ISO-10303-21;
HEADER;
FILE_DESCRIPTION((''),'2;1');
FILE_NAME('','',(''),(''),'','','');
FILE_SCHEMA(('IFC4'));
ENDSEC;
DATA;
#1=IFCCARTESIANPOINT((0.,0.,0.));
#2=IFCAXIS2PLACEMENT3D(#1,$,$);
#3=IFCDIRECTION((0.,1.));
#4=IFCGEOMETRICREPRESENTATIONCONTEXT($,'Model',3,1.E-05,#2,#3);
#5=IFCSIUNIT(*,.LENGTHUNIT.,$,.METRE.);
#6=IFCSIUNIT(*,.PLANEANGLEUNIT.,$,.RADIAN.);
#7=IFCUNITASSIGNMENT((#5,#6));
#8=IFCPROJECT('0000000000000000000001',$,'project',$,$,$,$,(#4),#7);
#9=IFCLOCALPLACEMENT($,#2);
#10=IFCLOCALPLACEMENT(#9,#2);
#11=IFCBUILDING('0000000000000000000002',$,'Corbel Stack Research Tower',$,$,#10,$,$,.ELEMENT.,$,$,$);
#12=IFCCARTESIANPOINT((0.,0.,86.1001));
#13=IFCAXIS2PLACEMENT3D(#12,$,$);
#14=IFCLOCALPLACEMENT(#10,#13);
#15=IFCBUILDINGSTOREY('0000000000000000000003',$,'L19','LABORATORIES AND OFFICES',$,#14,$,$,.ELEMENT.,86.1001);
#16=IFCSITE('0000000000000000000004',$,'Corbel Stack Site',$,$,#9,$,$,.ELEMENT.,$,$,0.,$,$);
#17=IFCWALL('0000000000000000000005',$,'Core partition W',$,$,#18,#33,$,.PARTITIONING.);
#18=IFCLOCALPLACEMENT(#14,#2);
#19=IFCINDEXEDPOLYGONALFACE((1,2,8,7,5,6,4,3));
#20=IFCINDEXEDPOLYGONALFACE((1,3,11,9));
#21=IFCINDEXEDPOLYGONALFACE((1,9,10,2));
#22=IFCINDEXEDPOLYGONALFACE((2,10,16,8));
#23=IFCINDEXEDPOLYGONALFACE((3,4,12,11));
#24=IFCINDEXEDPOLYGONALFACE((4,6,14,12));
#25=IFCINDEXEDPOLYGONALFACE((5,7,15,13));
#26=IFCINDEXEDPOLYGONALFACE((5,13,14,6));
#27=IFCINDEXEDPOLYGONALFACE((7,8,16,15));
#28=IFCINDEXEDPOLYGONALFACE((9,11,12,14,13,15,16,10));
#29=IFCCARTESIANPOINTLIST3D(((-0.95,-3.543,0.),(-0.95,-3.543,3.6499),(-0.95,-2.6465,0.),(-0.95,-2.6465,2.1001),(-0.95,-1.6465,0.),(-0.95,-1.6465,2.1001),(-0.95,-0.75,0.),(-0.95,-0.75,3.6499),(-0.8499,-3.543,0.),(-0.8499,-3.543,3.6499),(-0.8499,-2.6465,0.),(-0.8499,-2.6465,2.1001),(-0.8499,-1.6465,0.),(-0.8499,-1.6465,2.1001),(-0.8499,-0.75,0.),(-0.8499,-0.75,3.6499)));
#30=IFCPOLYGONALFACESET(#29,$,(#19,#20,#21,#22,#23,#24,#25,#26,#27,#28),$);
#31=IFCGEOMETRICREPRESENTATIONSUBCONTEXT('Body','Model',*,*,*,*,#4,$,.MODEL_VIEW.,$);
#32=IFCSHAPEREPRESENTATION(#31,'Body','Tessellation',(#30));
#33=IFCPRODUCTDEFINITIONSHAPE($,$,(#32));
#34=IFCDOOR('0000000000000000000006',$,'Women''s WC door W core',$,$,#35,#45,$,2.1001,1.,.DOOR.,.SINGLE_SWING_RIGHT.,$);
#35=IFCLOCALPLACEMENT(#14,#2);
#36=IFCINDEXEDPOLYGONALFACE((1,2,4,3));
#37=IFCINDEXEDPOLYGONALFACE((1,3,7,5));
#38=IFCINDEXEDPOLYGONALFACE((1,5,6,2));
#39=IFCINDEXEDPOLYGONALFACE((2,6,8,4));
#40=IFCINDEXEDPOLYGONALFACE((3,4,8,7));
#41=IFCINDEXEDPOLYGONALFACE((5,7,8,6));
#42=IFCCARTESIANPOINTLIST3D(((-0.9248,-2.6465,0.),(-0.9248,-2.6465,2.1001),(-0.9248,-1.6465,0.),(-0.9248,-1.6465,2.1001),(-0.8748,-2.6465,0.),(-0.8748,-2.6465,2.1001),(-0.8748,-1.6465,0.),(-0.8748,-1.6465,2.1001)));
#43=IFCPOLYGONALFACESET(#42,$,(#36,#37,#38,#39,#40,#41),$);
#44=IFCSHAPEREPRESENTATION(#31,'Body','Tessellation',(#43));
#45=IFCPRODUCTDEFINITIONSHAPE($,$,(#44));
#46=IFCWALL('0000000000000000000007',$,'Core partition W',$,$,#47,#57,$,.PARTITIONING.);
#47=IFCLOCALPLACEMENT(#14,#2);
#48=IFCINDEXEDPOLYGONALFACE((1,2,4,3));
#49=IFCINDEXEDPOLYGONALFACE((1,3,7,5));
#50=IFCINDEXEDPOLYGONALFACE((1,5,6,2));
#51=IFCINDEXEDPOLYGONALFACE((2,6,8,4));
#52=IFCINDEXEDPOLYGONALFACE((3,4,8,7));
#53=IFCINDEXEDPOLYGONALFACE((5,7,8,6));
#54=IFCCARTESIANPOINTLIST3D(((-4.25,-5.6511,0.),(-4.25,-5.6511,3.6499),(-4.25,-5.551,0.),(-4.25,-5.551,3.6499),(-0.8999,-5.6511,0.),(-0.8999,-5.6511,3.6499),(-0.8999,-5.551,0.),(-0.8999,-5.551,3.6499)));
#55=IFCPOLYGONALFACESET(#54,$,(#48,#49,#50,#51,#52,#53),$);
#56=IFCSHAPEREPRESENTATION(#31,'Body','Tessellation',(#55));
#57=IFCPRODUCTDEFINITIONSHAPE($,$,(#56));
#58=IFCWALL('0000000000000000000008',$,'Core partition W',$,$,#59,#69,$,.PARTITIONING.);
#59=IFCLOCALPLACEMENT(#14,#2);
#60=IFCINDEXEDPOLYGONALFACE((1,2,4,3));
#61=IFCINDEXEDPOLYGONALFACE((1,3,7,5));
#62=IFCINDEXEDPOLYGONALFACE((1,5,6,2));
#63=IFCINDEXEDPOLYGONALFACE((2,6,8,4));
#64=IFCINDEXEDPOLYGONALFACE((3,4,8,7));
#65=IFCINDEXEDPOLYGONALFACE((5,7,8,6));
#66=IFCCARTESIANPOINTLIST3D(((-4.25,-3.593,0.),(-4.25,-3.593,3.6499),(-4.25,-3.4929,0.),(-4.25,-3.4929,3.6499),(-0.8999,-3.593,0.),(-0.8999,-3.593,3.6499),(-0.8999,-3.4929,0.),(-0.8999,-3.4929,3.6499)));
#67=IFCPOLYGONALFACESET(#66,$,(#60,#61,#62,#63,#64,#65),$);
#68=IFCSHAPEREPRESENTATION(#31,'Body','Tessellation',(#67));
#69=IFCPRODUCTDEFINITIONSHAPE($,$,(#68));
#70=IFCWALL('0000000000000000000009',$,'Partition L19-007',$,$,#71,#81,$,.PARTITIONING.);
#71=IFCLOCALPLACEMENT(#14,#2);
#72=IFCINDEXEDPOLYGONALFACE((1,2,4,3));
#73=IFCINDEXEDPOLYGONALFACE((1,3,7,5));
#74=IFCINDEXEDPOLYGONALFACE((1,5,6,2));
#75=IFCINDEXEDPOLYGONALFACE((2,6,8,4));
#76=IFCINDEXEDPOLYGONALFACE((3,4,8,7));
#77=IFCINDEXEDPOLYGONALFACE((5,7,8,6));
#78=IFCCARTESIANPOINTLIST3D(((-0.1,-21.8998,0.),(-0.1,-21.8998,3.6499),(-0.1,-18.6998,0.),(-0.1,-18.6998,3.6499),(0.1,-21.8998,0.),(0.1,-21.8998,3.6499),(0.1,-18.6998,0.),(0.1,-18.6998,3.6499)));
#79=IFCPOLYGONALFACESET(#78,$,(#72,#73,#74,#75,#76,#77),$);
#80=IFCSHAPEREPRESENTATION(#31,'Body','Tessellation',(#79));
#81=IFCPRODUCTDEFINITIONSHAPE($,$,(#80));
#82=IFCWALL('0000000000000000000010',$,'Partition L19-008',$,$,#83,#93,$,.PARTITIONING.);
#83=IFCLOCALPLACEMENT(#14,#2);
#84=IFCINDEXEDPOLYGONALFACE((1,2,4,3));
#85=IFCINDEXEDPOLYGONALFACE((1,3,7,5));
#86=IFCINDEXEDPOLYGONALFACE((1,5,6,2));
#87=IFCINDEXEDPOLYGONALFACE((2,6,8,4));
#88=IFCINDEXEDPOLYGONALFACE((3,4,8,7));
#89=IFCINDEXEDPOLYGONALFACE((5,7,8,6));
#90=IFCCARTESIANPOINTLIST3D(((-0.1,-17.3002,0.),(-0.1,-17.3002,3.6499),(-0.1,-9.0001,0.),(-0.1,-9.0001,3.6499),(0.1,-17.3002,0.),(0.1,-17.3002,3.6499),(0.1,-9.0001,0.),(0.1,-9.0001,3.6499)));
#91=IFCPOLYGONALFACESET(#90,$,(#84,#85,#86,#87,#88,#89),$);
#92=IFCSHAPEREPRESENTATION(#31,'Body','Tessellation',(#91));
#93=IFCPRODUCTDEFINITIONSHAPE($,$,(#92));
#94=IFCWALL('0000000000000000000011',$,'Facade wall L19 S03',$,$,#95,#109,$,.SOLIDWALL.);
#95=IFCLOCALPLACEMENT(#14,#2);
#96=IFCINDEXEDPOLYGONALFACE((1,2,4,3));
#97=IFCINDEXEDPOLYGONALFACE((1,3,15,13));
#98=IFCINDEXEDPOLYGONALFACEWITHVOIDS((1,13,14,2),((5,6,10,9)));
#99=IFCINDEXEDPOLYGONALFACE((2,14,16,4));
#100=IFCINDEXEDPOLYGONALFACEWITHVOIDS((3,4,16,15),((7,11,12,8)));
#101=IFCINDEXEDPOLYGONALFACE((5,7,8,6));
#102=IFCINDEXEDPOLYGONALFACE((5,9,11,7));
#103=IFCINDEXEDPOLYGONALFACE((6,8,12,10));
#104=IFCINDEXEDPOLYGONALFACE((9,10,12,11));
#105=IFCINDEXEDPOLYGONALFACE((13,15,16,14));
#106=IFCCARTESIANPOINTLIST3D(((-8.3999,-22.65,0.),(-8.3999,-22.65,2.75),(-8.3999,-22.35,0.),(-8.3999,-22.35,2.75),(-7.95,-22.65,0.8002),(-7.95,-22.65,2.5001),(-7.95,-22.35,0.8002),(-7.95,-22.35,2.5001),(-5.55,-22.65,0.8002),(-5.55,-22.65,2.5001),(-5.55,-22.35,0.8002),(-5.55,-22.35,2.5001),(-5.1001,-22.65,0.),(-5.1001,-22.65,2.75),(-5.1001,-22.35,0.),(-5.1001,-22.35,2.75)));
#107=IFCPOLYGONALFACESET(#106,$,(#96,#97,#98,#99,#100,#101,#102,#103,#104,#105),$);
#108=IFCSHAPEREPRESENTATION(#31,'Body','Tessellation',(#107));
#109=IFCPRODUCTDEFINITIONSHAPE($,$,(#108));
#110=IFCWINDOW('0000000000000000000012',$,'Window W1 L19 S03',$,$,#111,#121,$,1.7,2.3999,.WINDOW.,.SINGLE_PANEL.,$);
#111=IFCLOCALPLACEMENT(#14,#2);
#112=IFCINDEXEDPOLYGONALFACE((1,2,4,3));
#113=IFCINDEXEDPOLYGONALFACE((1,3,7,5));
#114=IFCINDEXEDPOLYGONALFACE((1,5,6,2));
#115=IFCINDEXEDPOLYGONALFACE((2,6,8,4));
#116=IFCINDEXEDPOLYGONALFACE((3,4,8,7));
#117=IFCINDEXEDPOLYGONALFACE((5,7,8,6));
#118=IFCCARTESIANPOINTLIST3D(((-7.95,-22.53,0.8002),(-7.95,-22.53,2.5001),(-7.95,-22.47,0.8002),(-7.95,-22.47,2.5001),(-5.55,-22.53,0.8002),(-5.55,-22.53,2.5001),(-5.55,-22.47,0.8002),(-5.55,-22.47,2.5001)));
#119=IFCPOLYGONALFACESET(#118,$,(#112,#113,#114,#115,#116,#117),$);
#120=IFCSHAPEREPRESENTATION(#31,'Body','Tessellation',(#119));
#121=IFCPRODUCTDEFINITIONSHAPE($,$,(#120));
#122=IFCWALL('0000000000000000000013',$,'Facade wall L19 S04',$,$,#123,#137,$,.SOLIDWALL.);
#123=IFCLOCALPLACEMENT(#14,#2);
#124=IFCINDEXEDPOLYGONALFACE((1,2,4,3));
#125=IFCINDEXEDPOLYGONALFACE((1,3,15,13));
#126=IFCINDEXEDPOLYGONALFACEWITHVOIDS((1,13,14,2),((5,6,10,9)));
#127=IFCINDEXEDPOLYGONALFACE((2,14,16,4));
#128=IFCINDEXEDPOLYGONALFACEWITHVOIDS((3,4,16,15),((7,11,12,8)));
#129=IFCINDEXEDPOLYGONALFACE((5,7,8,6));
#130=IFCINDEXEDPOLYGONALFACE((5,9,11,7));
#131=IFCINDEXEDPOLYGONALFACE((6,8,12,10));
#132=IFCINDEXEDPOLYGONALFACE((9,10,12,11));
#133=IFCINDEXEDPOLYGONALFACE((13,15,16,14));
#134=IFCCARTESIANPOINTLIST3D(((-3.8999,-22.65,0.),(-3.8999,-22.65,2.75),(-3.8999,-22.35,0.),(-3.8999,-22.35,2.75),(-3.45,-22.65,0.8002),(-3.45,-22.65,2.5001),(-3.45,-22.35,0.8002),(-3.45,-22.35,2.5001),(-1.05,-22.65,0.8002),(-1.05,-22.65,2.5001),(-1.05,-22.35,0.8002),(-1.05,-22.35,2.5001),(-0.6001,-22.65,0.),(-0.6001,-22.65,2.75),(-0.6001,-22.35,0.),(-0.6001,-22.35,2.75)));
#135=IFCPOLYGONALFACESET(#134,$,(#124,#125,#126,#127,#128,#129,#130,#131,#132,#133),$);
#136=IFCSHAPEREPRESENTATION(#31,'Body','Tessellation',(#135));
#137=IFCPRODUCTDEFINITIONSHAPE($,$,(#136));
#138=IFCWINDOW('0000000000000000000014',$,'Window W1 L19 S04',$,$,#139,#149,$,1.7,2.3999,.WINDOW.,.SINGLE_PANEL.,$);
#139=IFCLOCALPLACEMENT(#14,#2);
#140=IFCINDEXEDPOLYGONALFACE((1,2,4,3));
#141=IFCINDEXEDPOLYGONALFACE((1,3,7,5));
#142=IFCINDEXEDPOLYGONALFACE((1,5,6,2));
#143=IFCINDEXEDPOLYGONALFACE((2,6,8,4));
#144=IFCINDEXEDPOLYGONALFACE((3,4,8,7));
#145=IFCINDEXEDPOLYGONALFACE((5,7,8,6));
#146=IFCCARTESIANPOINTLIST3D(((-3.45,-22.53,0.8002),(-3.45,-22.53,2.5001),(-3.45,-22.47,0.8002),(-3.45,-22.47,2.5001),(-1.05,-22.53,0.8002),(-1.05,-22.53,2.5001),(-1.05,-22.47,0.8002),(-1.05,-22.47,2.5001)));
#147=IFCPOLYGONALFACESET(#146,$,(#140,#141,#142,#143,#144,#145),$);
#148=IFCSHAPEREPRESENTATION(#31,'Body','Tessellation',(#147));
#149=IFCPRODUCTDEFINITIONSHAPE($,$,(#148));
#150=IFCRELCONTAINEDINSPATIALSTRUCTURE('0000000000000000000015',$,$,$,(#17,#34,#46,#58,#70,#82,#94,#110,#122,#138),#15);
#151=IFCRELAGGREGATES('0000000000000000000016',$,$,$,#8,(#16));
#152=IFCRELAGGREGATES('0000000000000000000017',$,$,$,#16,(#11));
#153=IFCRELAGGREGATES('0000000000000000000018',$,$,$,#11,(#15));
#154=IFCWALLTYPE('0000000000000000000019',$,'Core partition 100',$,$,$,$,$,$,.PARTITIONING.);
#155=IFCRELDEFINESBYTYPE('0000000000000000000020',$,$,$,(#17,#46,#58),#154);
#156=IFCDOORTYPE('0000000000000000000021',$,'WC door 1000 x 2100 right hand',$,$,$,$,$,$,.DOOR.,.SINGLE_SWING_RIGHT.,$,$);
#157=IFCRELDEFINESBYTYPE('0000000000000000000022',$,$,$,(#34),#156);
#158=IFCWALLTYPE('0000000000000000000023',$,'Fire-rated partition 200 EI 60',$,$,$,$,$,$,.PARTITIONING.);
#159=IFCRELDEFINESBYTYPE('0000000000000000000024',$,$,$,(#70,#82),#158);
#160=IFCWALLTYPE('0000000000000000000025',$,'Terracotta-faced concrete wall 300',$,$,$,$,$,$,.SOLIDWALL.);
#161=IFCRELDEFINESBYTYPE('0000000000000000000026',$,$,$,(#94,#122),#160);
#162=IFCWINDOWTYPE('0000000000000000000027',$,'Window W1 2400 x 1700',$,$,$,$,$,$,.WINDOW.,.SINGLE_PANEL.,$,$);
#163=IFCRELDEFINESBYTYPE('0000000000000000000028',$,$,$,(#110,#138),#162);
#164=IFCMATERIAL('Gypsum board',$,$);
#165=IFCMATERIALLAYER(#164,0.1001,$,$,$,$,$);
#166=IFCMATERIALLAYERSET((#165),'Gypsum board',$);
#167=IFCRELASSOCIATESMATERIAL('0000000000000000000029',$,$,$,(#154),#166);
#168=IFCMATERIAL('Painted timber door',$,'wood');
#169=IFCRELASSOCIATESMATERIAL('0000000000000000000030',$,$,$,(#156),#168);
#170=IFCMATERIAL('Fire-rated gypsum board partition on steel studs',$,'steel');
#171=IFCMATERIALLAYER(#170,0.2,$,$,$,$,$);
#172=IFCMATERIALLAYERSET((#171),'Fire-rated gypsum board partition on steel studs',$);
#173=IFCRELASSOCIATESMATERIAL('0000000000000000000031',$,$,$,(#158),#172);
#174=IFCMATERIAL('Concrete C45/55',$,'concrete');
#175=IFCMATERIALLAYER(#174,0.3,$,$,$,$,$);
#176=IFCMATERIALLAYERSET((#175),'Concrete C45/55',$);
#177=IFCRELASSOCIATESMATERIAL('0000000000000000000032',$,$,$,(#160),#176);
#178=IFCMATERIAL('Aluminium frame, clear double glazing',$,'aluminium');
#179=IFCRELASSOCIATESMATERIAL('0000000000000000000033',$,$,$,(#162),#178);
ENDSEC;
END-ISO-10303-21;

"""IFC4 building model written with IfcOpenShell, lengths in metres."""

from ifc_helpers import new_model, si_unit, direction, frame, frame_2d, origin, place, context, subcontext, project, spatial, rectangle, extrude, material, layer, layer_set, type_object, element, fill, save


model = new_model("IFC4")

# Units and contexts
model_context = context("Model", 3, precision=1e-05, world=origin(), true_north=direction((0.0, 1.0)))
body_context = subcontext(model_context, "Body", "Model", "MODEL_VIEW")
ifc_project = project(units=[si_unit("LENGTHUNIT", "METRE"), si_unit("PLANEANGLEUNIT", "RADIAN")], contexts=[model_context])

# Site, building, storey
site_placement = place(None, origin())
site = spatial("IfcSite", under=ifc_project, at=site_placement, Name="Corbel Stack Site", CompositionType="ELEMENT", RefElevation=0.0)
building_placement = place(site_placement, origin())
building = spatial("IfcBuilding", under=site, at=building_placement, Name="Corbel Stack Research Tower", CompositionType="ELEMENT")
storey_placement = place(building_placement, frame((0.0, 0.0, 86.1001)))
storey = spatial("IfcBuildingStorey", under=building, at=storey_placement, Name="L19", Description="LABORATORIES AND OFFICES", CompositionType="ELEMENT", Elevation=86.1001)

# Wall, opening, door
ifc_material_1 = material(Name="Gypsum board")
ifc_layer_1 = layer(ifc_material_1, 0.1001)
ifc_layer_set_1 = layer_set([ifc_layer_1], Name="Gypsum board")
wall_type_1 = type_object("IfcWallType", Name="Core partition 100", PredefinedType="PARTITIONING", material=ifc_layer_set_1)
ifc_material_2 = material(Name="Painted timber door", Category="wood")
door_type_1 = type_object("IfcDoorType", Name="WC door 1000 x 2100 right hand", OperationType="SINGLE_SWING_RIGHT", PredefinedType="DOOR", material=ifc_material_2)
wall_1_placement = place(storey_placement, frame((-0.8999, -3.543, 0.0), z_axis=(0.0, 0.0, 1.0), x_axis=(0.0, 1.0, 0.0)))
wall_1 = element("IfcWall", 1, at=wall_1_placement, inside=storey, type_object=wall_type_1, Name="Core partition W", PredefinedType="PARTITIONING", context=body_context, shape_type="SweptSolid", body=[
    extrude(rectangle(XDim=2.793, YDim=0.1001, at=frame_2d((1.3965, 0.0))), origin(), (0.0, 0.0, 1.0), 3.6499),
])
opening_1_placement = place(wall_1_placement, frame((0.8965, 0.0, 0.0)))
opening_1 = element("IfcOpeningElement", 2, at=opening_1_placement, cuts=wall_1, PredefinedType="OPENING", context=body_context, shape_type="SweptSolid", body=[
    extrude(rectangle(XDim=1.0, YDim=2.1001, at=frame_2d((0.5, 1.05))), frame((0.0, 0.0601, 0.0), z_axis=(0.0, -1.0, 0.0), x_axis=(1.0, 0.0, 0.0)), (0.0, 0.0, 1.0), 0.1201),
])
door_1_placement = place(opening_1_placement, origin())
door_1 = element("IfcDoor", 3, at=door_1_placement, inside=storey, type_object=door_type_1, Name="Women's WC door W core", OperationType="SINGLE_SWING_RIGHT", OverallHeight=2.1001, OverallWidth=1.0, PredefinedType="DOOR", context=body_context, shape_type="SweptSolid", body=[
    extrude(rectangle(XDim=1.0, YDim=2.1001, at=frame_2d((0.5, 1.05))), frame((0.0, 0.0249, 0.0), z_axis=(0.0, -1.0, 0.0), x_axis=(1.0, 0.0, 0.0)), (0.0, 0.0, 1.0), 0.05),
])
fill(opening_1, door_1)

# Walls
for number, where, z_axis, x_axis, name in (
    (4, (-4.25, -5.6011, 0.0), (0.0, 0.0, 1.0), (1.0, 0.0, 0.0), "Core partition W"),
    (5, (-4.25, -3.543, 0.0), (0.0, 0.0, 1.0), (1.0, 0.0, 0.0), "Core partition W"),
):
    element("IfcWall", number, at=place(storey_placement, frame(where, z_axis=z_axis, x_axis=x_axis)), inside=storey, type_object=wall_type_1, Name=name, PredefinedType="PARTITIONING", context=body_context, shape_type="SweptSolid", body=[
        extrude(rectangle(XDim=3.3501, YDim=0.1001, at=frame_2d((1.675, 0.0))), origin(), (0.0, 0.0, 1.0), 3.6499),
    ])
ifc_material_3 = material(Name="Fire-rated gypsum board partition on steel studs", Category="steel")
ifc_layer_2 = layer(ifc_material_3, 0.2)
ifc_layer_set_2 = layer_set([ifc_layer_2], Name="Fire-rated gypsum board partition on steel studs")
wall_type_2 = type_object("IfcWallType", Name="Fire-rated partition 200 EI 60", PredefinedType="PARTITIONING", material=ifc_layer_set_2)
wall_2_placement = place(storey_placement, frame((0.0, -21.8999, 0.0), z_axis=(0.0, 0.0, 1.0), x_axis=(0.0, 1.0, 0.0)))
element("IfcWall", 6, at=wall_2_placement, inside=storey, type_object=wall_type_2, Name="Partition L19-007", PredefinedType="PARTITIONING", context=body_context, shape_type="SweptSolid", body=[
    extrude(rectangle(XDim=3.2, YDim=0.2, at=frame_2d((1.6001, 0.0))), origin(), (0.0, 0.0, 1.0), 3.6499),
])
wall_3_placement = place(storey_placement, frame((0.0, -17.3, 0.0), z_axis=(0.0, 0.0, 1.0), x_axis=(0.0, 1.0, 0.0)))
element("IfcWall", 7, at=wall_3_placement, inside=storey, type_object=wall_type_2, Name="Partition L19-008", PredefinedType="PARTITIONING", context=body_context, shape_type="SweptSolid", body=[
    extrude(rectangle(XDim=8.3, YDim=0.2, at=frame_2d((4.1499, 0.0))), origin(), (0.0, 0.0, 1.0), 3.6499),
])

# Walls, openings, windows
ifc_material_4 = material(Name="Concrete C45/55", Category="concrete")
ifc_layer_3 = layer(ifc_material_4, 0.3)
ifc_layer_set_3 = layer_set([ifc_layer_3], Name="Concrete C45/55")
wall_type_3 = type_object("IfcWallType", Name="Terracotta-faced concrete wall 300", PredefinedType="SOLIDWALL", material=ifc_layer_set_3)
wall_4_placement = place(storey_placement, frame((-5.1001, -22.5, 0.0), z_axis=(0.0, 0.0, 1.0), x_axis=(-1.0, 0.0, 0.0)))
wall_4 = element("IfcWall", 8, at=wall_4_placement, inside=storey, type_object=wall_type_3, Name="Facade wall L19 S03", PredefinedType="SOLIDWALL", context=body_context, shape_type="SweptSolid", body=[
    extrude(rectangle(XDim=3.2998, YDim=0.3, at=frame_2d((1.6499, 0.0))), origin(), (0.0, 0.0, 1.0), 2.75),
])
opening_2_placement = place(wall_4_placement, frame((0.45, 0.0, 0.8)))
opening_2 = element("IfcOpeningElement", 9, at=opening_2_placement, cuts=wall_4, PredefinedType="OPENING", context=body_context, shape_type="SweptSolid", body=[
    extrude(rectangle(XDim=2.3999, YDim=1.7, at=frame_2d((1.2, 0.8501))), frame((0.0, 0.1599, 0.0), z_axis=(0.0, -1.0, 0.0), x_axis=(1.0, 0.0, 0.0)), (0.0, 0.0, 1.0), 0.3201),
])
ifc_material_5 = material(Name="Aluminium frame, clear double glazing", Category="aluminium")
window_type = type_object("IfcWindowType", Name="Window W1 2400 x 1700", PartitioningType="SINGLE_PANEL", PredefinedType="WINDOW", material=ifc_material_5)
window_1_placement = place(opening_2_placement, origin())
window_1 = element("IfcWindow", 10, at=window_1_placement, inside=storey, type_object=window_type, Name="Window W1 L19 S03", OverallHeight=1.7, OverallWidth=2.3999, PartitioningType="SINGLE_PANEL", PredefinedType="WINDOW", context=body_context, shape_type="SweptSolid", body=[
    extrude(rectangle(XDim=2.3999, YDim=1.7, at=frame_2d((1.2, 0.8501))), frame((0.0, 0.03, 0.0), z_axis=(0.0, -1.0, 0.0), x_axis=(1.0, 0.0, 0.0)), (0.0, 0.0, 1.0), 0.0601),
])
fill(opening_2, window_1)
wall_5_placement = place(storey_placement, frame((-0.6001, -22.5, 0.0), z_axis=(0.0, 0.0, 1.0), x_axis=(-1.0, 0.0, 0.0)))
wall_5 = element("IfcWall", 11, at=wall_5_placement, inside=storey, type_object=wall_type_3, Name="Facade wall L19 S04", PredefinedType="SOLIDWALL", context=body_context, shape_type="SweptSolid", body=[
    extrude(rectangle(XDim=3.2998, YDim=0.3, at=frame_2d((1.6499, 0.0))), origin(), (0.0, 0.0, 1.0), 2.75),
])
opening_3_placement = place(wall_5_placement, frame((0.45, 0.0, 0.8)))
opening_3 = element("IfcOpeningElement", 12, at=opening_3_placement, cuts=wall_5, PredefinedType="OPENING", context=body_context, shape_type="SweptSolid", body=[
    extrude(rectangle(XDim=2.3999, YDim=1.7, at=frame_2d((1.2, 0.8501))), frame((0.0, 0.1599, 0.0), z_axis=(0.0, -1.0, 0.0), x_axis=(1.0, 0.0, 0.0)), (0.0, 0.0, 1.0), 0.3201),
])
window_2_placement = place(opening_3_placement, origin())
window_2 = element("IfcWindow", 13, at=window_2_placement, inside=storey, type_object=window_type, Name="Window W1 L19 S04", OverallHeight=1.7, OverallWidth=2.3999, PartitioningType="SINGLE_PANEL", PredefinedType="WINDOW", context=body_context, shape_type="SweptSolid", body=[
    extrude(rectangle(XDim=2.3999, YDim=1.7, at=frame_2d((1.2, 0.8501))), frame((0.0, 0.03, 0.0), z_axis=(0.0, -1.0, 0.0), x_axis=(1.0, 0.0, 0.0)), (0.0, 0.0, 1.0), 0.0601),
])
fill(opening_3, window_2)

save(model, "model.ifc")
